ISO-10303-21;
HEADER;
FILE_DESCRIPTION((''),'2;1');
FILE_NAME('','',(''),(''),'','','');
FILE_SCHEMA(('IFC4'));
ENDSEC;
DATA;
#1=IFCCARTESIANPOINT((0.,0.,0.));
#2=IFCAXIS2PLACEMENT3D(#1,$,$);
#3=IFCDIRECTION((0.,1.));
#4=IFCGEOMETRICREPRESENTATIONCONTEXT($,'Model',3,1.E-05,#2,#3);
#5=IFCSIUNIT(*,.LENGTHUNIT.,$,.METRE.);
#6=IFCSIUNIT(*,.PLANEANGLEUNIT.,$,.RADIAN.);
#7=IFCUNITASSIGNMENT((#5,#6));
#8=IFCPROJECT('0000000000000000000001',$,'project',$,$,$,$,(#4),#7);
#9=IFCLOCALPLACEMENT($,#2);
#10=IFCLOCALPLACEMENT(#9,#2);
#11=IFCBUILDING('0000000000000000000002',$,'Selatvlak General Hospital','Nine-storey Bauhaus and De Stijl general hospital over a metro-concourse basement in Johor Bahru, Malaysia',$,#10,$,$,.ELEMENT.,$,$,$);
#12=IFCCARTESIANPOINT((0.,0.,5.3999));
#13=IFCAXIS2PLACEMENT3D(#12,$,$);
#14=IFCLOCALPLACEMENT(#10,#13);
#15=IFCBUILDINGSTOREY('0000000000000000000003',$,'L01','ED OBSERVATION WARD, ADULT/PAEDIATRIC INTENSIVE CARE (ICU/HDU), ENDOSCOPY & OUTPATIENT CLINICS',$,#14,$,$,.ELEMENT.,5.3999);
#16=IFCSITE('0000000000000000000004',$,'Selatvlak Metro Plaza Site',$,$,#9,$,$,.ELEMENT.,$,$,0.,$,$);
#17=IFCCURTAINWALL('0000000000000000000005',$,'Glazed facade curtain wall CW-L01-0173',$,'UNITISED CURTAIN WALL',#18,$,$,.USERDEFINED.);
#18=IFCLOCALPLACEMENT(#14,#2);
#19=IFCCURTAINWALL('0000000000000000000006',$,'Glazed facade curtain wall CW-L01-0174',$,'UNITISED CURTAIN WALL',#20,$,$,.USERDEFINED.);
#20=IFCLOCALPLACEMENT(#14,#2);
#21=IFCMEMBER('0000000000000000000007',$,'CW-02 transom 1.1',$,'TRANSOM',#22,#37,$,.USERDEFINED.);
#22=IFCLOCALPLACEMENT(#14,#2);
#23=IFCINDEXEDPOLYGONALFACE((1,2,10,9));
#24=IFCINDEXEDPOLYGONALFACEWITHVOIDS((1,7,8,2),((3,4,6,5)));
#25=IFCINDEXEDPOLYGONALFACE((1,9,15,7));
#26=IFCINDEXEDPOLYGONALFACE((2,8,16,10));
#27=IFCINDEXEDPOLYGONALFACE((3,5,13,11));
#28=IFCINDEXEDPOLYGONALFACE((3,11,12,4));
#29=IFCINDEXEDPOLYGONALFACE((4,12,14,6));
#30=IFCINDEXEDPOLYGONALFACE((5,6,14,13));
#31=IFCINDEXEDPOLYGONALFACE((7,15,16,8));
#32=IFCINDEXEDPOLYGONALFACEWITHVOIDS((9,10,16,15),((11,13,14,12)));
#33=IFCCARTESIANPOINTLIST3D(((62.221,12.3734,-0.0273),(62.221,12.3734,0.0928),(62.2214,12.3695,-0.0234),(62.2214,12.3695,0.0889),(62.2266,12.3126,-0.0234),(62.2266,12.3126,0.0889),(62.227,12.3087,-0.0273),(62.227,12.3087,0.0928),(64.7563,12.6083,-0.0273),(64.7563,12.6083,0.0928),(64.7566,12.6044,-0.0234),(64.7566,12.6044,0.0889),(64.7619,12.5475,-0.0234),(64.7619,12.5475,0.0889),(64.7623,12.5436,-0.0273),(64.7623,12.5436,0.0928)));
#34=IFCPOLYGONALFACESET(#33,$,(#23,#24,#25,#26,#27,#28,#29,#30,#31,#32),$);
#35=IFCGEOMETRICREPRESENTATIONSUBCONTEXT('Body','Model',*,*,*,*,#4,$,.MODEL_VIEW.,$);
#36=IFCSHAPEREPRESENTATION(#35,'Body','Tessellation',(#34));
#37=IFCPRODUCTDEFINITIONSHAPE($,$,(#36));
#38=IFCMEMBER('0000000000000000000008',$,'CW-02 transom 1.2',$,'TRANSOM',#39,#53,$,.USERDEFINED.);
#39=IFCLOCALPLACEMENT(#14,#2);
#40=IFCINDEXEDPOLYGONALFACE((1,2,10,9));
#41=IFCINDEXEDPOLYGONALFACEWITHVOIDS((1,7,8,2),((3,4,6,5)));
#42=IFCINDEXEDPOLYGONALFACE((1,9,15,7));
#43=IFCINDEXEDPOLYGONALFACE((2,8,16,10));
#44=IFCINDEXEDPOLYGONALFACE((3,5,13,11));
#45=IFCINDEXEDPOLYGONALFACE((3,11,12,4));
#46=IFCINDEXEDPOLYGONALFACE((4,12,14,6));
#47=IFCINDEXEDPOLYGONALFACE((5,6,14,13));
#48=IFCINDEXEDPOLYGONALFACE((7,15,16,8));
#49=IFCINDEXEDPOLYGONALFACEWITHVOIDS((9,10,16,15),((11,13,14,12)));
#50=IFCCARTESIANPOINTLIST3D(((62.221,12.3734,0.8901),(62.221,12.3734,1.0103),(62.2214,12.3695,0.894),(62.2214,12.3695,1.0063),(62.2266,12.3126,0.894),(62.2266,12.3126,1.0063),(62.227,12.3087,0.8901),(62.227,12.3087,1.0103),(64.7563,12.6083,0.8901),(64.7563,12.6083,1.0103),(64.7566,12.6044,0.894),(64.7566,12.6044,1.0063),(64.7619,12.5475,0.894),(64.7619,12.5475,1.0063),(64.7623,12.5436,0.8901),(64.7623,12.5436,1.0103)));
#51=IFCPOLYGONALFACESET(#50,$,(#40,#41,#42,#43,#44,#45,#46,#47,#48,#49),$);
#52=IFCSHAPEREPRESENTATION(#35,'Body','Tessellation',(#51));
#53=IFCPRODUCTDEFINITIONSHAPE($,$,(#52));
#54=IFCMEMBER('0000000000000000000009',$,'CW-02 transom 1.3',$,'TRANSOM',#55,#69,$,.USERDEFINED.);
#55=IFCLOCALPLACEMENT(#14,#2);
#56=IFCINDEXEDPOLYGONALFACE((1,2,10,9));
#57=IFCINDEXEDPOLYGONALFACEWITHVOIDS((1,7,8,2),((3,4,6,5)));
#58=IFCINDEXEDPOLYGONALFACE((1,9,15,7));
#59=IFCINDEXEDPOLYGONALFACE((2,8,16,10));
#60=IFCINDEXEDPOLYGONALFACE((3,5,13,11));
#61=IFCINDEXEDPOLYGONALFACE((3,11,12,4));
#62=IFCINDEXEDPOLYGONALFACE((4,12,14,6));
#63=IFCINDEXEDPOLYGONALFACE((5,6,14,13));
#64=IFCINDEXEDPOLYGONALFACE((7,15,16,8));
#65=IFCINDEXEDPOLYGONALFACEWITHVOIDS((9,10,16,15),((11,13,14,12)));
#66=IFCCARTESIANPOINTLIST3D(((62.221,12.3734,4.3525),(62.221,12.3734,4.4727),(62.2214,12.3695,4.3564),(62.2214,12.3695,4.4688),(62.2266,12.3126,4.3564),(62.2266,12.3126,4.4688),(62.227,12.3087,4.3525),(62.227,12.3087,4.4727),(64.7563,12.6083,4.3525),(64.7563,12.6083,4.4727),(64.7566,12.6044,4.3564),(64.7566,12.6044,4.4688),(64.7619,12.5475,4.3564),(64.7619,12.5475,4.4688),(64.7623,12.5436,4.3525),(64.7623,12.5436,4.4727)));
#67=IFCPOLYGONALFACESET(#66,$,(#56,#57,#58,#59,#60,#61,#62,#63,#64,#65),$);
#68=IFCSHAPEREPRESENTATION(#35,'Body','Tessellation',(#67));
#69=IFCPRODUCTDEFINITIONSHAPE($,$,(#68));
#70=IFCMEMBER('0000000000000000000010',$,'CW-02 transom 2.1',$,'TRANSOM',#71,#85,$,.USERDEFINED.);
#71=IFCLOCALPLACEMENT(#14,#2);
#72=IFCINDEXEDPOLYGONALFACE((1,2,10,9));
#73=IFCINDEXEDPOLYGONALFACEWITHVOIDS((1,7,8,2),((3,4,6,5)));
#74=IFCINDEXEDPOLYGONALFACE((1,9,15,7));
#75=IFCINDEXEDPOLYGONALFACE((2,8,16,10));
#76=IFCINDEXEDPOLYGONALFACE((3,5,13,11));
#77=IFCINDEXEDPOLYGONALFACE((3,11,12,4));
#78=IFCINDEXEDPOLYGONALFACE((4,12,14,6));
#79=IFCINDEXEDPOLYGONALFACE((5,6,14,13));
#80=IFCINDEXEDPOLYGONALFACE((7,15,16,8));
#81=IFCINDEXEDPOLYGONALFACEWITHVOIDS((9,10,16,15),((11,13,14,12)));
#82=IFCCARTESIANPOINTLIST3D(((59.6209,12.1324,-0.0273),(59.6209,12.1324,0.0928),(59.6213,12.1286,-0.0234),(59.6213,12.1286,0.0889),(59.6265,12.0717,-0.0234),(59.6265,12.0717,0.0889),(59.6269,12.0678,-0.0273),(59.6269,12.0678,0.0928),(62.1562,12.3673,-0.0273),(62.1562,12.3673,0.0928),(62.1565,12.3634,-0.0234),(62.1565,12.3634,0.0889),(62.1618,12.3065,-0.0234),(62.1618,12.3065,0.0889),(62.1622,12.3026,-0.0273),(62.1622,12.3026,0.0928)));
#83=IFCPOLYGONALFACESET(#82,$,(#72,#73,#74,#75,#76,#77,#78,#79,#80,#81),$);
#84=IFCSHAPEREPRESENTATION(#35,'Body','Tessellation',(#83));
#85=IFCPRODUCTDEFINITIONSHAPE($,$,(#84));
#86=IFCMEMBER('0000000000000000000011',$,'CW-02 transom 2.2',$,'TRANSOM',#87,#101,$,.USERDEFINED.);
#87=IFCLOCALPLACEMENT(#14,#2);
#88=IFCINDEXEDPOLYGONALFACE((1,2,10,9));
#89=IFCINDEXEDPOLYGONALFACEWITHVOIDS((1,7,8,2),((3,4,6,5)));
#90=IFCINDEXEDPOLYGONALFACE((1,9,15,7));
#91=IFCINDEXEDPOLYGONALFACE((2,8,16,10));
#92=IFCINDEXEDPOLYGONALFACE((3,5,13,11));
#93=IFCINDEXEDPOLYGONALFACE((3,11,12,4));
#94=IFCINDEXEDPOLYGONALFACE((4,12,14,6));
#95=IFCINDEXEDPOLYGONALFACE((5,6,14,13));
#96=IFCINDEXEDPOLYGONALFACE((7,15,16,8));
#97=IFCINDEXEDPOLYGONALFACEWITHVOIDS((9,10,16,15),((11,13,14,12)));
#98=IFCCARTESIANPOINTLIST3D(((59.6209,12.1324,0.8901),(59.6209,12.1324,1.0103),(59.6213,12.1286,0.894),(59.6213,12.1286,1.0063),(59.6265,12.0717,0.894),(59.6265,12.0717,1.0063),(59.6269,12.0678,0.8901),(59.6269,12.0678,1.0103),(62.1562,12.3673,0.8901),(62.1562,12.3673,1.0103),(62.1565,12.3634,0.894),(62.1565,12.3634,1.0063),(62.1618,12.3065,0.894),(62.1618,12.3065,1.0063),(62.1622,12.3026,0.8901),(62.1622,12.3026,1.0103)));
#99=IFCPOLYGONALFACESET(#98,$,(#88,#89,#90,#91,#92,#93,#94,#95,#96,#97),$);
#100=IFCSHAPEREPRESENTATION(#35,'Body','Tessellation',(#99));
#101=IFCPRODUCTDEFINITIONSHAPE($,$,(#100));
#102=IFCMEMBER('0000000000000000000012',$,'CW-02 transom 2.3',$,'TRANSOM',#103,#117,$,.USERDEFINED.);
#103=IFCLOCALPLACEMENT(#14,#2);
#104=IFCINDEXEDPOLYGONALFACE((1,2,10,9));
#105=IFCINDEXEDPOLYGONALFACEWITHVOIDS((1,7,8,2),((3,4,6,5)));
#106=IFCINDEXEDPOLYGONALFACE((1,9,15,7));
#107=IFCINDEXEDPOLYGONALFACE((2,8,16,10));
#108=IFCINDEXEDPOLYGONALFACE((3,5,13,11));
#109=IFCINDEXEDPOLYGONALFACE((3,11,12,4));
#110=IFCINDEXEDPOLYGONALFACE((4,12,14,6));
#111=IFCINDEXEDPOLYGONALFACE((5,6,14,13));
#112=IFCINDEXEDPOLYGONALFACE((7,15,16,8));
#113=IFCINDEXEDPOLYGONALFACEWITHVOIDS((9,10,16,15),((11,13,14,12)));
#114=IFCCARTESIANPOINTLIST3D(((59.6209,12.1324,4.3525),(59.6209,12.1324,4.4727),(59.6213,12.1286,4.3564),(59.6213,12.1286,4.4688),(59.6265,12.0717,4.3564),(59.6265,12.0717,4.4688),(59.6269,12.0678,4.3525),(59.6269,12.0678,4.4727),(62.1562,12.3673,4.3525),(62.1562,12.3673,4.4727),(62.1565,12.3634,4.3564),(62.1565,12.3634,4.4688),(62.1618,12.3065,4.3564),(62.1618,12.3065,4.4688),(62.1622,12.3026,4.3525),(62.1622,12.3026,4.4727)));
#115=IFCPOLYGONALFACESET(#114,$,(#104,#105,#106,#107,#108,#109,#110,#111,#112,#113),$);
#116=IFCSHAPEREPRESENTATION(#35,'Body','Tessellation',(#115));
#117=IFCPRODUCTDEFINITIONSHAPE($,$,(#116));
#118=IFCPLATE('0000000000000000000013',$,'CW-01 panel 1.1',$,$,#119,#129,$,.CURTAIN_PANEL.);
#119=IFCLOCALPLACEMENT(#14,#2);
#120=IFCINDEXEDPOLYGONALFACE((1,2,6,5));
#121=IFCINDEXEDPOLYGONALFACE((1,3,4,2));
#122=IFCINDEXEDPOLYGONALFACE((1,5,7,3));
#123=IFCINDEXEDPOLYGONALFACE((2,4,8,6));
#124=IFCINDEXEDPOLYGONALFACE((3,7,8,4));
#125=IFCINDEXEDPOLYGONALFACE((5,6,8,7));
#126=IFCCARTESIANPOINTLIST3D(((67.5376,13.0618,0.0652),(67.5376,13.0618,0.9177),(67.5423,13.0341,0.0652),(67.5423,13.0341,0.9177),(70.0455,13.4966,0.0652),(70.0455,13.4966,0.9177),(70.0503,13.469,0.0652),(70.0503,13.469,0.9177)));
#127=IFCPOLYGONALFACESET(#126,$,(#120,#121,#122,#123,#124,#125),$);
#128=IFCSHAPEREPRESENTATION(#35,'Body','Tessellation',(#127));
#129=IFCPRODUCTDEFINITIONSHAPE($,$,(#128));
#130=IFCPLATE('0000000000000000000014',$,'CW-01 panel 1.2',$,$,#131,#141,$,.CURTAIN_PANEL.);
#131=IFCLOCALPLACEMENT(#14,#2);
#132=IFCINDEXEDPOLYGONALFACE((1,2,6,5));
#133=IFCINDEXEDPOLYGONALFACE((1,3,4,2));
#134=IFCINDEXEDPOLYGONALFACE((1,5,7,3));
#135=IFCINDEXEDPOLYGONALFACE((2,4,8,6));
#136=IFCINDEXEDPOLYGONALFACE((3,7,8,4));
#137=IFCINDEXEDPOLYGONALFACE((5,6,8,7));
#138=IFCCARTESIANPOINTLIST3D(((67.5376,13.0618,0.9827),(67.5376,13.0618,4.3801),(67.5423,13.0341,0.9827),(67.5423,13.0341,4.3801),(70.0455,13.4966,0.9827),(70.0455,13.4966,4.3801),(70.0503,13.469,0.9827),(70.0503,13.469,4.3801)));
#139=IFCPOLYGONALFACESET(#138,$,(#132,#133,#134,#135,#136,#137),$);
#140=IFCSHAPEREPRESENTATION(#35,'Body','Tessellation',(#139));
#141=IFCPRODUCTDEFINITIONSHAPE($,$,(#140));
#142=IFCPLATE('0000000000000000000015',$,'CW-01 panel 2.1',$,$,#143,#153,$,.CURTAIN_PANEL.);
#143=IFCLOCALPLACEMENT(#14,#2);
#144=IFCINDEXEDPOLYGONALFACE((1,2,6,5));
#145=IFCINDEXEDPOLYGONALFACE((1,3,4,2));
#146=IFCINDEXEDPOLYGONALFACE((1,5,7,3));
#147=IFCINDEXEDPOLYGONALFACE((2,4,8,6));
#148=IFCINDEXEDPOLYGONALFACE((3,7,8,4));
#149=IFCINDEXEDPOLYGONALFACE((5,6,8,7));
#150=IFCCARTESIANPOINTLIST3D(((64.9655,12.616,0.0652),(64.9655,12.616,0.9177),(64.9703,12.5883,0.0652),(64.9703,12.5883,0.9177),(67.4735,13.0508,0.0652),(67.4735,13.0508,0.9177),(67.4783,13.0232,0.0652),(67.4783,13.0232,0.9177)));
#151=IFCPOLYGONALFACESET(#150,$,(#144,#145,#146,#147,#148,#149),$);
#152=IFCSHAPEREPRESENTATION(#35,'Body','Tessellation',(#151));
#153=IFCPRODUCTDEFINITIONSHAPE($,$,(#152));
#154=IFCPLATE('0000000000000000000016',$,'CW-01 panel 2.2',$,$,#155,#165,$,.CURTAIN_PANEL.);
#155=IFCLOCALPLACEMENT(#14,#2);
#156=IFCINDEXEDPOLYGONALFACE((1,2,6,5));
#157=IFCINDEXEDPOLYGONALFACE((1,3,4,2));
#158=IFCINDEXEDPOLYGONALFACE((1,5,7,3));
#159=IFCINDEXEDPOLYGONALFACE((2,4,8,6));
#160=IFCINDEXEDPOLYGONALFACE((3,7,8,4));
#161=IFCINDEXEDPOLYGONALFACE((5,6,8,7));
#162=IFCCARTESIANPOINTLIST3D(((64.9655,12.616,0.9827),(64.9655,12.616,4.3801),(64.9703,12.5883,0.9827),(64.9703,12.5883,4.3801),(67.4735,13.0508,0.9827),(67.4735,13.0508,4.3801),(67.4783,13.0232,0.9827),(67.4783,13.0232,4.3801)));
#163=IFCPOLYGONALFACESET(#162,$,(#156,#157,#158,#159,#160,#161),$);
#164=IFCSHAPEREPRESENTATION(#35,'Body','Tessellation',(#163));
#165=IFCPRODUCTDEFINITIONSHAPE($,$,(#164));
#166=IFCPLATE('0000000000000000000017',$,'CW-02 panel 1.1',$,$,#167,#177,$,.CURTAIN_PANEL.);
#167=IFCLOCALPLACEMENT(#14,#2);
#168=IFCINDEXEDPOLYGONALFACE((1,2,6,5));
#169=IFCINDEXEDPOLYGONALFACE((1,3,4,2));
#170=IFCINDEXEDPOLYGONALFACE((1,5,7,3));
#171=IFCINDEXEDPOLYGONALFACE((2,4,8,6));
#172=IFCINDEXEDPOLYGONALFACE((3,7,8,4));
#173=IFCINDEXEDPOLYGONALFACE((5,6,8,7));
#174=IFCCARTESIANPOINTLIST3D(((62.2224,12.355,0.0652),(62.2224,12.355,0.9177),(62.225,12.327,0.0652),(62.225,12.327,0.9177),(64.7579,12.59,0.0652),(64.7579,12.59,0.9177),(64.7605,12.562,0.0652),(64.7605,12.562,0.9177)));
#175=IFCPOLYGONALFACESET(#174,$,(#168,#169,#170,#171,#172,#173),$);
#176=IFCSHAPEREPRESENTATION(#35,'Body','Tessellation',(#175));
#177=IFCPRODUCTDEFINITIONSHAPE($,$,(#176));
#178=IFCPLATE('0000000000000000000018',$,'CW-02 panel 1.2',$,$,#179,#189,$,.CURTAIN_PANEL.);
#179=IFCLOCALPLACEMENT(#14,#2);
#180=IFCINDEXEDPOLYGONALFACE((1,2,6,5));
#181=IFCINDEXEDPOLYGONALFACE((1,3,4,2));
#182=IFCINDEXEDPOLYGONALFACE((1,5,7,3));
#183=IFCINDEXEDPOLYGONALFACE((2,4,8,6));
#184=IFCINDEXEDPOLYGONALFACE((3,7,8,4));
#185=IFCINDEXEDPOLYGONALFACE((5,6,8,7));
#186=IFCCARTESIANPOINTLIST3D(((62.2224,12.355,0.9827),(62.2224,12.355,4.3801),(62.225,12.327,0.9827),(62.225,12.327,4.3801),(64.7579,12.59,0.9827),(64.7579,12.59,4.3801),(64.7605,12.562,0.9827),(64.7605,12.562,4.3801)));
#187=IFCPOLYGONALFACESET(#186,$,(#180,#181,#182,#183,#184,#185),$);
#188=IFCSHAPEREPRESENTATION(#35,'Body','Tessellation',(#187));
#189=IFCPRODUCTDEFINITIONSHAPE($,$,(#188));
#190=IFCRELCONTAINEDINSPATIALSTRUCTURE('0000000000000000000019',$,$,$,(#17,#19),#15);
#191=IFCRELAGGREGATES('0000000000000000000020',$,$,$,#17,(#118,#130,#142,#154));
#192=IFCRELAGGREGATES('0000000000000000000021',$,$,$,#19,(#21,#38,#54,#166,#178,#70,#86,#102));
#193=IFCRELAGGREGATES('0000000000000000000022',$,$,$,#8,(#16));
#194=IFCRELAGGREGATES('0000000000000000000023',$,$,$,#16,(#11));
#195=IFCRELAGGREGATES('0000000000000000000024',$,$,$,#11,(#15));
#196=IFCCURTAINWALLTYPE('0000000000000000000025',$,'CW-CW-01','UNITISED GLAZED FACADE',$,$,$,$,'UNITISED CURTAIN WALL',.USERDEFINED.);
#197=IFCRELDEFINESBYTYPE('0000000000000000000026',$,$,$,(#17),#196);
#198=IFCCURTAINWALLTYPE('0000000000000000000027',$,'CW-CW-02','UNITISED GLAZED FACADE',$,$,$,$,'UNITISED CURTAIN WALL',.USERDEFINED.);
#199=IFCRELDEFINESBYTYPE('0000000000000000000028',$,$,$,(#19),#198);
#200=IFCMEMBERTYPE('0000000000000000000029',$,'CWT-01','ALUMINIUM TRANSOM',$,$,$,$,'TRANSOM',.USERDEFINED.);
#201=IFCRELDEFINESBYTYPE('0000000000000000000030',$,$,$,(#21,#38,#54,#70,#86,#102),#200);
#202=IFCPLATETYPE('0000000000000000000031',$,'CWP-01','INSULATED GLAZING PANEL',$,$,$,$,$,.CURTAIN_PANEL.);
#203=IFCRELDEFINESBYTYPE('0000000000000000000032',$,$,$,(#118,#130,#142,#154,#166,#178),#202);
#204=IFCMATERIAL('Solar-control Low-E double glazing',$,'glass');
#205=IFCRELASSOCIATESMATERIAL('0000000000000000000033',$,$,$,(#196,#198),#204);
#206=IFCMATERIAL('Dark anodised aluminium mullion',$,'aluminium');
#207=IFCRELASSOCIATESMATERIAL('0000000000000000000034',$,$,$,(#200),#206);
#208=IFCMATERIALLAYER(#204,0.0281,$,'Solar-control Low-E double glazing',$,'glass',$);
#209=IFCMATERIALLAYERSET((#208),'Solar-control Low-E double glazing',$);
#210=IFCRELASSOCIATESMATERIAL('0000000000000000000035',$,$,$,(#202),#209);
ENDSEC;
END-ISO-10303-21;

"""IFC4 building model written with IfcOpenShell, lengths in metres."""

from ifc_helpers import new_model, si_unit, direction, frame, origin, origin_2d, place, context, subcontext, project, spatial, rectangle, hollow_rectangle, extrude, material, layer, layer_set, material_profile, profile_set, type_object, element, aggregate, save


model = new_model("IFC4")

# Units and contexts
model_context = context("Model", 3, precision=1e-05, world=origin(), true_north=direction((0.0, 1.0)))
body_context = subcontext(model_context, "Body", "Model", "MODEL_VIEW")
ifc_project = project(units=[si_unit("LENGTHUNIT", "METRE"), si_unit("PLANEANGLEUNIT", "RADIAN")], contexts=[model_context])

# Site, building, storey
site_placement = place(None, origin())
site = spatial("IfcSite", under=ifc_project, at=site_placement, Name="Selatvlak Metro Plaza Site", CompositionType="ELEMENT", RefElevation=0.0)
building_placement = place(site_placement, origin())
building = spatial("IfcBuilding", under=site, at=building_placement, Name="Selatvlak General Hospital", Description="Nine-storey Bauhaus and De Stijl general hospital over a metro-concourse basement in Johor Bahru, Malaysia", CompositionType="ELEMENT")
storey_placement = place(building_placement, frame((0.0, 0.0, 5.3999)))
storey = spatial("IfcBuildingStorey", under=building, at=storey_placement, Name="L01", Description="ED OBSERVATION WARD, ADULT/PAEDIATRIC INTENSIVE CARE (ICU/HDU), ENDOSCOPY & OUTPATIENT CLINICS", CompositionType="ELEMENT", Elevation=5.3999)

# Curtain walls
ifc_material_1 = material(Name="Solar-control Low-E double glazing", Category="glass")
curtain_wall_type_1 = type_object("IfcCurtainWallType", Name="CW-CW-01", Description="UNITISED GLAZED FACADE", ElementType="UNITISED CURTAIN WALL", PredefinedType="USERDEFINED", material=ifc_material_1)
curtain_wall_1_placement = place(storey_placement, origin())
curtain_wall_1 = element("IfcCurtainWall", 1, at=curtain_wall_1_placement, inside=storey, type_object=curtain_wall_type_1, Name="Glazed facade curtain wall CW-L01-0173", ObjectType="UNITISED CURTAIN WALL", PredefinedType="USERDEFINED")
ifc_material_2 = material(Name="Dark anodised aluminium mullion", Category="aluminium")
curtain_wall_type_2 = type_object("IfcCurtainWallType", Name="CW-CW-02", Description="UNITISED GLAZED FACADE", ElementType="UNITISED CURTAIN WALL", PredefinedType="USERDEFINED", material=ifc_material_1)
curtain_wall_2_placement = place(storey_placement, origin())
curtain_wall_2 = element("IfcCurtainWall", 2, at=curtain_wall_2_placement, inside=storey, type_object=curtain_wall_type_2, Name="Glazed facade curtain wall CW-L01-0174", ObjectType="UNITISED CURTAIN WALL", PredefinedType="USERDEFINED")

# Members
ifc_material_profile_1 = material_profile(ifc_material_2, hollow_rectangle(XDim=0.0649, YDim=0.1201, WallThickness=0.0039, at=origin_2d()), Name="AL-TRN 65x120x4")
ifc_profile_set_1 = profile_set([ifc_material_profile_1], Name="Dark anodised aluminium mullion")
member_type_1 = type_object("IfcMemberType", Name="CWT-01", Description="ALUMINIUM TRANSOM", ElementType="TRANSOM", PredefinedType="USERDEFINED", material=ifc_profile_set_1)
member_1_placement = place(storey_placement, frame((64.7593, 12.5759, 0.0327), z_axis=(-0.995737, -0.092239, 0.0), x_axis=(0.092239, -0.995737, 0.0)))
member_1 = element("IfcMember", 3, at=member_1_placement, type_object=member_type_1, Name="CW-02 transom 1.1", ObjectType="TRANSOM", PredefinedType="USERDEFINED", context=body_context, shape_type="SweptSolid", body=[
    extrude(hollow_rectangle(XDim=0.0649, YDim=0.1201, WallThickness=0.0039, at=origin_2d()), origin(), (0.0, 0.0, 1.0), 2.5461),
])
member_2_placement = place(storey_placement, frame((64.7593, 12.5759, 0.9502), z_axis=(-0.995737, -0.092239, 0.0), x_axis=(0.092239, -0.995737, 0.0)))
member_2 = element("IfcMember", 4, at=member_2_placement, type_object=member_type_1, Name="CW-02 transom 1.2", ObjectType="TRANSOM", PredefinedType="USERDEFINED", context=body_context, shape_type="SweptSolid", body=[
    extrude(hollow_rectangle(XDim=0.0649, YDim=0.1201, WallThickness=0.0039, at=origin_2d()), origin(), (0.0, 0.0, 1.0), 2.5461),
])
member_3_placement = place(storey_placement, frame((64.7593, 12.5759, 4.4126), z_axis=(-0.995737, -0.092239, 0.0), x_axis=(0.092239, -0.995737, 0.0)))
member_3 = element("IfcMember", 5, at=member_3_placement, type_object=member_type_1, Name="CW-02 transom 1.3", ObjectType="TRANSOM", PredefinedType="USERDEFINED", context=body_context, shape_type="SweptSolid", body=[
    extrude(hollow_rectangle(XDim=0.0649, YDim=0.1201, WallThickness=0.0039, at=origin_2d()), origin(), (0.0, 0.0, 1.0), 2.5461),
])
member_4_placement = place(storey_placement, frame((62.1592, 12.335, 0.0327), z_axis=(-0.995737, -0.092239, 0.0), x_axis=(0.092239, -0.995737, 0.0)))
member_4 = element("IfcMember", 6, at=member_4_placement, type_object=member_type_1, Name="CW-02 transom 2.1", ObjectType="TRANSOM", PredefinedType="USERDEFINED", context=body_context, shape_type="SweptSolid", body=[
    extrude(hollow_rectangle(XDim=0.0649, YDim=0.1201, WallThickness=0.0039, at=origin_2d()), origin(), (0.0, 0.0, 1.0), 2.5461),
])
member_5_placement = place(storey_placement, frame((62.1592, 12.335, 0.9502), z_axis=(-0.995737, -0.092239, 0.0), x_axis=(0.092239, -0.995737, 0.0)))
member_5 = element("IfcMember", 7, at=member_5_placement, type_object=member_type_1, Name="CW-02 transom 2.2", ObjectType="TRANSOM", PredefinedType="USERDEFINED", context=body_context, shape_type="SweptSolid", body=[
    extrude(hollow_rectangle(XDim=0.0649, YDim=0.1201, WallThickness=0.0039, at=origin_2d()), origin(), (0.0, 0.0, 1.0), 2.5461),
])
member_6_placement = place(storey_placement, frame((62.1592, 12.335, 4.4126), z_axis=(-0.995737, -0.092239, 0.0), x_axis=(0.092239, -0.995737, 0.0)))
member_6 = element("IfcMember", 8, at=member_6_placement, type_object=member_type_1, Name="CW-02 transom 2.3", ObjectType="TRANSOM", PredefinedType="USERDEFINED", context=body_context, shape_type="SweptSolid", body=[
    extrude(hollow_rectangle(XDim=0.0649, YDim=0.1201, WallThickness=0.0039, at=origin_2d()), origin(), (0.0, 0.0, 1.0), 2.5461),
])

# Plates
ifc_layer_1 = layer(ifc_material_1, 0.0281, Name="Solar-control Low-E double glazing", Category="glass")
ifc_layer_set_1 = layer_set([ifc_layer_1], Name="Solar-control Low-E double glazing")
plate_type = type_object("IfcPlateType", Name="CWP-01", Description="INSULATED GLAZING PANEL", PredefinedType="CURTAIN_PANEL", material=ifc_layer_set_1)
plate_1_placement = place(storey_placement, frame((68.7939, 13.2654, 0.0652), z_axis=(0.0, 0.0, 1.0), x_axis=(-0.985299, -0.170838, 0.0)))
plate_1 = element("IfcPlate", 9, at=plate_1_placement, type_object=plate_type, Name="CW-01 panel 1.1", PredefinedType="CURTAIN_PANEL", context=body_context, shape_type="SweptSolid", body=[
    extrude(rectangle(XDim=2.5454, YDim=0.0281, at=origin_2d()), origin(), (0.0, 0.0, 1.0), 0.8525),
])
plate_2_placement = place(storey_placement, frame((68.7939, 13.2654, 0.9827), z_axis=(0.0, 0.0, 1.0), x_axis=(-0.985299, -0.170838, 0.0)))
plate_2 = element("IfcPlate", 10, at=plate_2_placement, type_object=plate_type, Name="CW-01 panel 1.2", PredefinedType="CURTAIN_PANEL", context=body_context, shape_type="SweptSolid", body=[
    extrude(rectangle(XDim=2.5454, YDim=0.0281, at=origin_2d()), origin(), (0.0, 0.0, 1.0), 3.3975),
])
plate_3_placement = place(storey_placement, frame((66.2219, 12.8196, 0.0652), z_axis=(0.0, 0.0, 1.0), x_axis=(-0.985299, -0.170838, 0.0)))
plate_3 = element("IfcPlate", 11, at=plate_3_placement, type_object=plate_type, Name="CW-01 panel 2.1", PredefinedType="CURTAIN_PANEL", context=body_context, shape_type="SweptSolid", body=[
    extrude(rectangle(XDim=2.5454, YDim=0.0281, at=origin_2d()), origin(), (0.0, 0.0, 1.0), 0.8525),
])
plate_4_placement = place(storey_placement, frame((66.2219, 12.8196, 0.9827), z_axis=(0.0, 0.0, 1.0), x_axis=(-0.985299, -0.170838, 0.0)))
plate_4 = element("IfcPlate", 12, at=plate_4_placement, type_object=plate_type, Name="CW-01 panel 2.2", PredefinedType="CURTAIN_PANEL", context=body_context, shape_type="SweptSolid", body=[
    extrude(rectangle(XDim=2.5454, YDim=0.0281, at=origin_2d()), origin(), (0.0, 0.0, 1.0), 3.3975),
])
aggregate(curtain_wall_1, [plate_1, plate_2, plate_3, plate_4])
plate_5_placement = place(storey_placement, frame((63.4915, 12.4585, 0.0652), z_axis=(0.0, 0.0, 1.0), x_axis=(-0.995732, -0.092292, 0.0)))
plate_5 = element("IfcPlate", 13, at=plate_5_placement, type_object=plate_type, Name="CW-02 panel 1.1", PredefinedType="CURTAIN_PANEL", context=body_context, shape_type="SweptSolid", body=[
    extrude(rectangle(XDim=2.5464, YDim=0.0281, at=origin_2d()), origin(), (0.0, 0.0, 1.0), 0.8525),
])
plate_6_placement = place(storey_placement, frame((63.4915, 12.4585, 0.9827), z_axis=(0.0, 0.0, 1.0), x_axis=(-0.995732, -0.092292, 0.0)))
plate_6 = element("IfcPlate", 14, at=plate_6_placement, type_object=plate_type, Name="CW-02 panel 1.2", PredefinedType="CURTAIN_PANEL", context=body_context, shape_type="SweptSolid", body=[
    extrude(rectangle(XDim=2.5464, YDim=0.0281, at=origin_2d()), origin(), (0.0, 0.0, 1.0), 3.3975),
])
aggregate(curtain_wall_2, [member_1, member_2, member_3, plate_5, plate_6, member_4, member_5, member_6])

save(model, "model.ifc")
